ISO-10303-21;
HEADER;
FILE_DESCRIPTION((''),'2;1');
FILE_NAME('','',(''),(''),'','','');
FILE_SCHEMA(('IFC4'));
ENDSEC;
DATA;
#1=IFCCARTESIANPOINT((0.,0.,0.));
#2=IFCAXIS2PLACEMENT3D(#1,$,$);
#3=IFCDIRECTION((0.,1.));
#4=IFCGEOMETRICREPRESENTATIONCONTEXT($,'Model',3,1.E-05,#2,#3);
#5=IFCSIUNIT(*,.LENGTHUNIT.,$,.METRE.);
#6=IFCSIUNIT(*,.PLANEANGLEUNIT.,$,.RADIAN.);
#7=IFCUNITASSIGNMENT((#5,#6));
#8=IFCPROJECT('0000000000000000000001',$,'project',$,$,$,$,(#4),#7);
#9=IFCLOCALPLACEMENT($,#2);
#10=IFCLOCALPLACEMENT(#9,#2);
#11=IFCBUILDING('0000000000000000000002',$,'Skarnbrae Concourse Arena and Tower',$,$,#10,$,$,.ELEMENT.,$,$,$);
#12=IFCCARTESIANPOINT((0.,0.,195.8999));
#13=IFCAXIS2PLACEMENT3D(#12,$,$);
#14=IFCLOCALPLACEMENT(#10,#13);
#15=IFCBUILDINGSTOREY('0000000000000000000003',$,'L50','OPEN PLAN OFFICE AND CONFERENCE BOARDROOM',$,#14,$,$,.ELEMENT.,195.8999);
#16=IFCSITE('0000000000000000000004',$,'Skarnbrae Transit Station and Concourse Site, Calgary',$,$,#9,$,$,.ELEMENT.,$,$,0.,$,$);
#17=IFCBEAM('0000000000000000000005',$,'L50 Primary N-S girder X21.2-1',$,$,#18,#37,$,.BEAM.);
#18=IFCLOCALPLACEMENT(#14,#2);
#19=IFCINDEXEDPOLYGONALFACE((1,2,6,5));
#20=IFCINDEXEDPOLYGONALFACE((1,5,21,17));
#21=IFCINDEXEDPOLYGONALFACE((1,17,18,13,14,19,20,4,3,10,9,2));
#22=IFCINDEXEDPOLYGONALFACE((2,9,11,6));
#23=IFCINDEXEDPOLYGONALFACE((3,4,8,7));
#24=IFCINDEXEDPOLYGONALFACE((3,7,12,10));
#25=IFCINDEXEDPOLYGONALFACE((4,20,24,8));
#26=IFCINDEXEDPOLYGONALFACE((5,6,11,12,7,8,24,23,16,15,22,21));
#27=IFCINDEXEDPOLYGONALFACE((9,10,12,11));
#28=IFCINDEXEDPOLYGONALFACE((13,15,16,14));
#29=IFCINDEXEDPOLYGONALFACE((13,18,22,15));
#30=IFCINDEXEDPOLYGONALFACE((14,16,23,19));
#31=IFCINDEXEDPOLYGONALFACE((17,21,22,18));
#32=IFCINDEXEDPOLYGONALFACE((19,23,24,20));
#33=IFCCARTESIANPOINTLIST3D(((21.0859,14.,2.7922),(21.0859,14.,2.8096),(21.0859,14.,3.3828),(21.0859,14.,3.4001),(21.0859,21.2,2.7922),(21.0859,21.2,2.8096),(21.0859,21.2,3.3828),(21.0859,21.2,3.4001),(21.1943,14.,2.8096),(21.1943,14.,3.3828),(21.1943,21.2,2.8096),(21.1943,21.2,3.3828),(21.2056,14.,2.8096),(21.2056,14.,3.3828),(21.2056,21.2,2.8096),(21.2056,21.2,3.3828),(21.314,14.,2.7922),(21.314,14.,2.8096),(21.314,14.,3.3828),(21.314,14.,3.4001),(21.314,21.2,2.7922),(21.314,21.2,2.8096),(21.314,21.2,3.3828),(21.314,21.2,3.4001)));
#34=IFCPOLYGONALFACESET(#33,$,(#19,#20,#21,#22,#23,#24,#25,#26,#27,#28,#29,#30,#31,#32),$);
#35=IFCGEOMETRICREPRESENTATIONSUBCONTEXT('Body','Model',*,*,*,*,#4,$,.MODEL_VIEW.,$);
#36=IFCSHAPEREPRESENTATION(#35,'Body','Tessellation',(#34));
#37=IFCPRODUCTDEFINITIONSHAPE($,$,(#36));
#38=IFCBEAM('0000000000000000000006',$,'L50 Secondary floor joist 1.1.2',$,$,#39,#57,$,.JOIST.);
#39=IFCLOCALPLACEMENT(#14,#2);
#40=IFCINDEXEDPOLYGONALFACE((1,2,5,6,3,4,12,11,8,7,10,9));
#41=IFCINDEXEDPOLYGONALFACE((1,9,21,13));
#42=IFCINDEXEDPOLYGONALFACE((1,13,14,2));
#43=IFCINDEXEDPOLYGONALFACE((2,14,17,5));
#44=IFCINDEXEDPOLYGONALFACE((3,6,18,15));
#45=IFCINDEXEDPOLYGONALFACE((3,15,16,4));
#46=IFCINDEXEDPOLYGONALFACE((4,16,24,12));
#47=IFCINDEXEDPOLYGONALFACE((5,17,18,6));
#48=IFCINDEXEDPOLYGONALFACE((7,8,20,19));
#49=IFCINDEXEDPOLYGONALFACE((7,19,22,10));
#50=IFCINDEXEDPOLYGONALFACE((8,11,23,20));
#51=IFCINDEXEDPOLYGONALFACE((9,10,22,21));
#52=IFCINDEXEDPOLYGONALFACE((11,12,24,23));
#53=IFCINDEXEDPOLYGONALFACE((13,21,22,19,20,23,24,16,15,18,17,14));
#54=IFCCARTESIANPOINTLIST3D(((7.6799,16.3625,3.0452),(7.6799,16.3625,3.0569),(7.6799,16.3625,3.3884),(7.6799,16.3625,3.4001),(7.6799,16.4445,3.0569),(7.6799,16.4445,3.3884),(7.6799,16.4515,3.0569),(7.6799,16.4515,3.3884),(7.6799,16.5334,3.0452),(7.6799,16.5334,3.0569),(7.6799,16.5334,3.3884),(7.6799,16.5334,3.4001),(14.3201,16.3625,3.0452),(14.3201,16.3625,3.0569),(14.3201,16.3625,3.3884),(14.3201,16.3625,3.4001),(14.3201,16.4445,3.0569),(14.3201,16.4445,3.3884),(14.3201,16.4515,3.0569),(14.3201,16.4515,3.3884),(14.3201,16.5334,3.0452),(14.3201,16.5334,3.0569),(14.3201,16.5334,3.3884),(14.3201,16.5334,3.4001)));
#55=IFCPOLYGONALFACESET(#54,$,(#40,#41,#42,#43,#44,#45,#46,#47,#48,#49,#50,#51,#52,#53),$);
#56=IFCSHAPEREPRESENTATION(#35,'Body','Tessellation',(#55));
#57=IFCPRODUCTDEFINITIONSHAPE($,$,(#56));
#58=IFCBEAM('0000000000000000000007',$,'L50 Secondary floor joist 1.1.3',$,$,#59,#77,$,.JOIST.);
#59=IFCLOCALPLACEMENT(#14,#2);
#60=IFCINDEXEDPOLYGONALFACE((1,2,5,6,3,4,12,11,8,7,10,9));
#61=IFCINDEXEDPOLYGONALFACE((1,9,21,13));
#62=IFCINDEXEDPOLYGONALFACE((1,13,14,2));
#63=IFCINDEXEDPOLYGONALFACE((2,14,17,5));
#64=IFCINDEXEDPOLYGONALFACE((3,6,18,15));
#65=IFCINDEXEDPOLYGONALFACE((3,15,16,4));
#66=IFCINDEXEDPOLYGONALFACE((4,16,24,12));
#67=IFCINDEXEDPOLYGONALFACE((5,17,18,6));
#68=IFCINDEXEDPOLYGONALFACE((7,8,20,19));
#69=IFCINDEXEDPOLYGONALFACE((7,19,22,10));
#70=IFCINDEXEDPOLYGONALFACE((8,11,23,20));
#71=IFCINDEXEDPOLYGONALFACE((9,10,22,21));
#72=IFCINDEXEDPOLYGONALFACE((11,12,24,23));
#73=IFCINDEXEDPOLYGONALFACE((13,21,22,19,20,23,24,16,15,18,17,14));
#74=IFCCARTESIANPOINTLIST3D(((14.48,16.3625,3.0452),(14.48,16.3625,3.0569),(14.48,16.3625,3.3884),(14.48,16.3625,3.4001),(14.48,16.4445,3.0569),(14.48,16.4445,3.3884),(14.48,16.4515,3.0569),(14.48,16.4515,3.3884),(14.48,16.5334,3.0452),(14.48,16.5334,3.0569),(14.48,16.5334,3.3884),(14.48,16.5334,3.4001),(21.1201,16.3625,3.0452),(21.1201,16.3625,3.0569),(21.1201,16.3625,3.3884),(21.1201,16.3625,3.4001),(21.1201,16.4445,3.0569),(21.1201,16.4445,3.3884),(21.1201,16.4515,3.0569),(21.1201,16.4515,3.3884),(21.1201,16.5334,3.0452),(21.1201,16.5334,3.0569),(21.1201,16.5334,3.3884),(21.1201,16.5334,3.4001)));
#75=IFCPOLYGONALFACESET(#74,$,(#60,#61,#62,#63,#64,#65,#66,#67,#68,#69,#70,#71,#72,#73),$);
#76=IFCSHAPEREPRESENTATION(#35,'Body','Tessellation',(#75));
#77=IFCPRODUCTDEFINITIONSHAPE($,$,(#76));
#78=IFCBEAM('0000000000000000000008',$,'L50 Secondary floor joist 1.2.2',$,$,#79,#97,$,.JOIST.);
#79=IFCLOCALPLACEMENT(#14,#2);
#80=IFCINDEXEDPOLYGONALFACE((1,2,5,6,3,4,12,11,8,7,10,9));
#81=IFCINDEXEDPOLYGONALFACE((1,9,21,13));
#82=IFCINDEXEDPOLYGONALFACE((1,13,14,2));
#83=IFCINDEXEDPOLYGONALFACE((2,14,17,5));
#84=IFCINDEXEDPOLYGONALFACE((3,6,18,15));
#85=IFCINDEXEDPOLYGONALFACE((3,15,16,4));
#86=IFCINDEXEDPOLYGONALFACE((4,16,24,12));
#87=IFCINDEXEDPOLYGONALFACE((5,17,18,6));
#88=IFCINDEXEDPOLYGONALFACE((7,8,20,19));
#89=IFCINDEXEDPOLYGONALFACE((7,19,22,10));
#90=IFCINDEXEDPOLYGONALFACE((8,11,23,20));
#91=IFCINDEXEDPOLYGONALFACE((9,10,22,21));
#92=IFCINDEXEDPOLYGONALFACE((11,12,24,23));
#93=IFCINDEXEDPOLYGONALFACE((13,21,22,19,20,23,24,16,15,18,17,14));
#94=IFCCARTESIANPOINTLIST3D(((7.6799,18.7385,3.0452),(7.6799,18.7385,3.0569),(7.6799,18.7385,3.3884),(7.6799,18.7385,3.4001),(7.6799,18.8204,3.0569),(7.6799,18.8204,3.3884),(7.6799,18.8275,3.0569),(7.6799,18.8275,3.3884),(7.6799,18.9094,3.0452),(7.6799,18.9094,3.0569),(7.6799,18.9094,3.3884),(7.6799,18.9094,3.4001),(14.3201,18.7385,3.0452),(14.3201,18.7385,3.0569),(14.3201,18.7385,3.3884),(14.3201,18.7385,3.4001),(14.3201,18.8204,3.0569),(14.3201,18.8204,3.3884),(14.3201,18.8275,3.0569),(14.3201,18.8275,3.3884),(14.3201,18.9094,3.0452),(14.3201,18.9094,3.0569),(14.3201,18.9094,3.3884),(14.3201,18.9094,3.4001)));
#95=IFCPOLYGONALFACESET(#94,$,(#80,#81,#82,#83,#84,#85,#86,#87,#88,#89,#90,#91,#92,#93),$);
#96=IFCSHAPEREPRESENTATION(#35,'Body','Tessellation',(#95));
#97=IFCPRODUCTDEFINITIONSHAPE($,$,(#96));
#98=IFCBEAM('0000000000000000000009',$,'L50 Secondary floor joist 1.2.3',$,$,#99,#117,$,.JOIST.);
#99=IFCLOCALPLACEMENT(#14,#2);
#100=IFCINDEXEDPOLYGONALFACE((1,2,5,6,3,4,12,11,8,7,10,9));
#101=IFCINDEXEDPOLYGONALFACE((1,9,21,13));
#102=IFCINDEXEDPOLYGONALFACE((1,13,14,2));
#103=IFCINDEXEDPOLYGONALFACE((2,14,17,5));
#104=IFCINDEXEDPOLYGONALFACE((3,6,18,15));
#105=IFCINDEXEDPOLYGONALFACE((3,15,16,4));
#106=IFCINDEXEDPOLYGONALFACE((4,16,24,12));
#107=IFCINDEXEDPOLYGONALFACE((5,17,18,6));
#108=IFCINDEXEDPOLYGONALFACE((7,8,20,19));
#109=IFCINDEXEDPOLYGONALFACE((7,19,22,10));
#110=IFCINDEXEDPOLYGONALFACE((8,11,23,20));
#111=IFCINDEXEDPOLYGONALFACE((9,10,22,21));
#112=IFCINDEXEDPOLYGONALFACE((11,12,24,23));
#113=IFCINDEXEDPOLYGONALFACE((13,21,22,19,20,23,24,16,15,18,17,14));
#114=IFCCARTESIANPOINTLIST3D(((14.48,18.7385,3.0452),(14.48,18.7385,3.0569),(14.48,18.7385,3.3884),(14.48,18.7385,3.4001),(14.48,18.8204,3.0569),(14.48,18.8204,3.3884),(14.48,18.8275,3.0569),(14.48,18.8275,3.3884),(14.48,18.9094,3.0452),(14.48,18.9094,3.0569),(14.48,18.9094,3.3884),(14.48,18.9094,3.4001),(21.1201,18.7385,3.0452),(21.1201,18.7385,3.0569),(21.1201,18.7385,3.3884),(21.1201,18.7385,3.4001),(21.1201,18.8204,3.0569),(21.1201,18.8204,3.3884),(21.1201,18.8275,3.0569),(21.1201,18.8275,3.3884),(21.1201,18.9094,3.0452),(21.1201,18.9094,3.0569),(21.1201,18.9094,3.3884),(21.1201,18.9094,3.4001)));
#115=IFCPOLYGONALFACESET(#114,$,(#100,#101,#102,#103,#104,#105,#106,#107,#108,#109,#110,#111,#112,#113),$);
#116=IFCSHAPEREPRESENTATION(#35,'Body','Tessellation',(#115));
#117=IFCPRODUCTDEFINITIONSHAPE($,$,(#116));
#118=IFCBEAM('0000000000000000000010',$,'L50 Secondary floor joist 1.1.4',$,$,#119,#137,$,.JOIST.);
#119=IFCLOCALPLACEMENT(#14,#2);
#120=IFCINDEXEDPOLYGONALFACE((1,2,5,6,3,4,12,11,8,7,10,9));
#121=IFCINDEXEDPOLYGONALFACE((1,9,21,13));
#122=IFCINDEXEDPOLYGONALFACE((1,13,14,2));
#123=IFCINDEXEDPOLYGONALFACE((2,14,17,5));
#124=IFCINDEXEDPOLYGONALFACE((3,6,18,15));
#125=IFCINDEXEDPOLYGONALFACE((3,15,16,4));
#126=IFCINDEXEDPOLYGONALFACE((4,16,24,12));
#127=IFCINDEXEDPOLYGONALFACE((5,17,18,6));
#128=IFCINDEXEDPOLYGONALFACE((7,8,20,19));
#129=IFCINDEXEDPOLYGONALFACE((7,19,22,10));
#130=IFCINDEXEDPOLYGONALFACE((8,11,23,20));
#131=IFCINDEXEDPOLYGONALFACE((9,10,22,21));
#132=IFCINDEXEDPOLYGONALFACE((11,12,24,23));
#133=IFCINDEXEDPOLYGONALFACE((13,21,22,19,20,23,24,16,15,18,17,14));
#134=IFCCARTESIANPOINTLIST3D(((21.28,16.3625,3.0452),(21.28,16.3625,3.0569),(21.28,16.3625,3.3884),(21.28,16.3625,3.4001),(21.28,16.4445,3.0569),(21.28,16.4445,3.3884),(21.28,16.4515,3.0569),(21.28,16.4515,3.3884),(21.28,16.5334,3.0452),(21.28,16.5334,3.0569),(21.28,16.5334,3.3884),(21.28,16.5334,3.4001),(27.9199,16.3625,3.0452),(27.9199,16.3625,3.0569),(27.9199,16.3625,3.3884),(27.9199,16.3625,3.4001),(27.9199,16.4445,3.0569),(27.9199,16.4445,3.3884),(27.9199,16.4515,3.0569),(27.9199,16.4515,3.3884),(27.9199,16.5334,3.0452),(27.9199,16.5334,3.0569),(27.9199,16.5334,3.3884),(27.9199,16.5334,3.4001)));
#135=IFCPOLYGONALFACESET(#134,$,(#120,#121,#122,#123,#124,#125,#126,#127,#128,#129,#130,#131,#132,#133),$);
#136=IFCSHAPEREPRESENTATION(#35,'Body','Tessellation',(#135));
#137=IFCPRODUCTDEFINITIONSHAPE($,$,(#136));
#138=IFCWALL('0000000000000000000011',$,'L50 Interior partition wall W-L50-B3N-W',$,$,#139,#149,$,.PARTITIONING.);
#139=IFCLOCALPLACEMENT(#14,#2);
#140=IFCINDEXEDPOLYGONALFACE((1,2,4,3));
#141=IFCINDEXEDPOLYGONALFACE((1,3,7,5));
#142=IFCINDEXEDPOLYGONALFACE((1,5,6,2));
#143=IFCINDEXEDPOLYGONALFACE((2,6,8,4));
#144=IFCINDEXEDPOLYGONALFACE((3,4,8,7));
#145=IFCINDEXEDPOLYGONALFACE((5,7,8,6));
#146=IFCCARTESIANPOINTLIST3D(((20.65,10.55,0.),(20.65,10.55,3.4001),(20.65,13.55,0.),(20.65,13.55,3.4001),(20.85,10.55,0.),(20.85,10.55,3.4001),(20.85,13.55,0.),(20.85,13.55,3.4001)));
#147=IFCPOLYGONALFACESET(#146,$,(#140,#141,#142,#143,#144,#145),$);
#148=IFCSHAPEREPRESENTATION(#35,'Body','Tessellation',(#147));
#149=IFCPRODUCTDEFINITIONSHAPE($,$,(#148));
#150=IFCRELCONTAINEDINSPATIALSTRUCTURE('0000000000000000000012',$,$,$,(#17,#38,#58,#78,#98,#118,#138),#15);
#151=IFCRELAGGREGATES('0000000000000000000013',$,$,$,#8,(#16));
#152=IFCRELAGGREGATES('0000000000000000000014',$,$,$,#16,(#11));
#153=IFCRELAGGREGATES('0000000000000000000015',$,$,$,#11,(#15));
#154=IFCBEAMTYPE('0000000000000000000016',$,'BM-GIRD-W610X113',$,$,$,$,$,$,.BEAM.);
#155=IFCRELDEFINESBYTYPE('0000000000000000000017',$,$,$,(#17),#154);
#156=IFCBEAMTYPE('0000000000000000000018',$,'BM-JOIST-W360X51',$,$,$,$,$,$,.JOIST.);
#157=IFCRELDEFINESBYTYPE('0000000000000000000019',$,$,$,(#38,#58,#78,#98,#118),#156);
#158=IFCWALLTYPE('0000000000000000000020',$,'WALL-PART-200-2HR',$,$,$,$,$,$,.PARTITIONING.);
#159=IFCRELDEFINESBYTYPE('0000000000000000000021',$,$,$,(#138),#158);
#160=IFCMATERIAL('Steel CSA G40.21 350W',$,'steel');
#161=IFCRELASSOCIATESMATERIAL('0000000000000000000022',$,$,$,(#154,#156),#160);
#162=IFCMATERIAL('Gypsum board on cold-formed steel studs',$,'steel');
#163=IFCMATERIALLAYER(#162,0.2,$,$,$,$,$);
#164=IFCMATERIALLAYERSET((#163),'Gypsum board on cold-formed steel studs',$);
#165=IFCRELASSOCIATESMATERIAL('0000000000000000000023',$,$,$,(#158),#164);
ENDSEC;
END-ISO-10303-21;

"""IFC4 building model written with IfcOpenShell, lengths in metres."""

from ifc_helpers import new_model, si_unit, direction, frame, frame_2d, origin, origin_2d, place, context, subcontext, project, spatial, rectangle, i_section, extrude, source, transform, mapped, material, layer, layer_set, material_profile, profile_set, type_object, element, save


model = new_model("IFC4")

# Units and contexts
model_context = context("Model", 3, precision=1e-05, world=origin(), true_north=direction((0.0, 1.0)))
body_context = subcontext(model_context, "Body", "Model", "MODEL_VIEW")
ifc_project = project(units=[si_unit("LENGTHUNIT", "METRE"), si_unit("PLANEANGLEUNIT", "RADIAN")], contexts=[model_context])

# Site, building, storey
site_placement = place(None, origin())
site = spatial("IfcSite", under=ifc_project, at=site_placement, Name="Skarnbrae Transit Station and Concourse Site, Calgary", CompositionType="ELEMENT", RefElevation=0.0)
building_placement = place(site_placement, origin())
building = spatial("IfcBuilding", under=site, at=building_placement, Name="Skarnbrae Concourse Arena and Tower", CompositionType="ELEMENT")
storey_placement = place(building_placement, frame((0.0, 0.0, 195.8999)))
storey = spatial("IfcBuildingStorey", under=building, at=storey_placement, Name="L50", Description="OPEN PLAN OFFICE AND CONFERENCE BOARDROOM", CompositionType="ELEMENT", Elevation=195.8999)

# Shared definitions
ifc_material_1 = material(Name="Steel CSA G40.21 350W", Category="steel")

# Beams
ifc_material_profile_1 = material_profile(ifc_material_1, i_section(OverallWidth=0.228, OverallDepth=0.6079, WebThickness=0.0112, FlangeThickness=0.0173, at=origin_2d()), Name="W610X113")
ifc_profile_set_1 = profile_set([ifc_material_profile_1], Name="Steel CSA G40.21 350W")
beam_type_1 = type_object("IfcBeamType", Name="BM-GIRD-W610X113", PredefinedType="BEAM", material=ifc_profile_set_1)
shared_shape_1 = source(origin(), body_context, "Body", "SweptSolid", [
    extrude(i_section(OverallWidth=0.228, OverallDepth=0.6079, WebThickness=0.0112, FlangeThickness=0.0173, at=origin_2d()), origin(), (0.0, 0.0, 1.0), 7.2),
])
for number, where, z_axis, x_axis, name in (
    (1, (21.2, 14.0, 3.0962), (0.0, 1.0, 0.0), (-1.0, 0.0, 0.0), "L50 Primary N-S girder X21.2-1"),
):
    element("IfcBeam", number, at=place(storey_placement, frame(where, z_axis=z_axis, x_axis=x_axis)), inside=storey, type_object=beam_type_1, Name=name, PredefinedType="BEAM", context=body_context, shape_type="MappedRepresentation", body=[
        mapped(shared_shape_1, transform((0.0, 0.0, 0.0))),
    ])
ifc_material_profile_2 = material_profile(ifc_material_1, i_section(OverallWidth=0.1709, OverallDepth=0.355, WebThickness=0.0071, FlangeThickness=0.0117, at=origin_2d()), Name="W360X51")
ifc_profile_set_2 = profile_set([ifc_material_profile_2], Name="Steel CSA G40.21 350W")
beam_type_2 = type_object("IfcBeamType", Name="BM-JOIST-W360X51", PredefinedType="JOIST", material=ifc_profile_set_2)
shared_shape_2 = source(origin(), body_context, "Body", "SweptSolid", [
    extrude(i_section(OverallWidth=0.1709, OverallDepth=0.355, WebThickness=0.0071, FlangeThickness=0.0117, at=origin_2d()), origin(), (0.0, 0.0, 1.0), 6.6401),
])
for number, where, z_axis, x_axis, name in (
    (2, (7.6799, 16.448, 3.2227), (1.0, 0.0, 0.0), (0.0, 1.0, 0.0), "L50 Secondary floor joist 1.1.2"),
    (3, (14.48, 16.448, 3.2227), (1.0, 0.0, 0.0), (0.0, 1.0, 0.0), "L50 Secondary floor joist 1.1.3"),
    (4, (7.6799, 18.824, 3.2227), (1.0, 0.0, 0.0), (0.0, 1.0, 0.0), "L50 Secondary floor joist 1.2.2"),
    (5, (14.48, 18.824, 3.2227), (1.0, 0.0, 0.0), (0.0, 1.0, 0.0), "L50 Secondary floor joist 1.2.3"),
):
    element("IfcBeam", number, at=place(storey_placement, frame(where, z_axis=z_axis, x_axis=x_axis)), inside=storey, type_object=beam_type_2, Name=name, PredefinedType="JOIST", context=body_context, shape_type="MappedRepresentation", body=[
        mapped(shared_shape_2, transform((0.0, 0.0, 0.0))),
    ])
shared_shape_3 = source(origin(), body_context, "Body", "SweptSolid", [
    extrude(i_section(OverallWidth=0.1709, OverallDepth=0.355, WebThickness=0.0071, FlangeThickness=0.0117, at=origin_2d()), origin(), (0.0, 0.0, 1.0), 6.6399),
])
beam_1_placement = place(storey_placement, frame((21.28, 16.448, 3.2227), z_axis=(1.0, 0.0, 0.0), x_axis=(0.0, 1.0, 0.0)))
element("IfcBeam", 6, at=beam_1_placement, inside=storey, type_object=beam_type_2, Name="L50 Secondary floor joist 1.1.4", PredefinedType="JOIST", context=body_context, shape_type="MappedRepresentation", body=[
    mapped(shared_shape_3, transform((0.0, 0.0, 0.0))),
])

# Shared definitions
ifc_material_2 = material(Name="Gypsum board on cold-formed steel studs", Category="steel")
ifc_layer_1 = layer(ifc_material_2, 0.2)
ifc_layer_set_1 = layer_set([ifc_layer_1], Name="Gypsum board on cold-formed steel studs")
wall_type_1 = type_object("IfcWallType", Name="WALL-PART-200-2HR", PredefinedType="PARTITIONING", material=ifc_layer_set_1)

# Wall
shared_shape_4 = source(origin(), body_context, "Body", "SweptSolid", [
    extrude(rectangle(XDim=3.0, YDim=0.2, at=frame_2d((1.5, 0.0))), origin(), (0.0, 0.0, 1.0), 3.4001),
])
wall_1_placement = place(storey_placement, frame((20.75, 10.55, 0.0), z_axis=(0.0, 0.0, 1.0), x_axis=(0.0, 1.0, 0.0)))
element("IfcWall", 7, at=wall_1_placement, inside=storey, type_object=wall_type_1, Name="L50 Interior partition wall W-L50-B3N-W", PredefinedType="PARTITIONING", context=body_context, shape_type="MappedRepresentation", body=[
    mapped(shared_shape_4, transform((0.0, 0.0, 0.0))),
])

save(model, "model.ifc")
